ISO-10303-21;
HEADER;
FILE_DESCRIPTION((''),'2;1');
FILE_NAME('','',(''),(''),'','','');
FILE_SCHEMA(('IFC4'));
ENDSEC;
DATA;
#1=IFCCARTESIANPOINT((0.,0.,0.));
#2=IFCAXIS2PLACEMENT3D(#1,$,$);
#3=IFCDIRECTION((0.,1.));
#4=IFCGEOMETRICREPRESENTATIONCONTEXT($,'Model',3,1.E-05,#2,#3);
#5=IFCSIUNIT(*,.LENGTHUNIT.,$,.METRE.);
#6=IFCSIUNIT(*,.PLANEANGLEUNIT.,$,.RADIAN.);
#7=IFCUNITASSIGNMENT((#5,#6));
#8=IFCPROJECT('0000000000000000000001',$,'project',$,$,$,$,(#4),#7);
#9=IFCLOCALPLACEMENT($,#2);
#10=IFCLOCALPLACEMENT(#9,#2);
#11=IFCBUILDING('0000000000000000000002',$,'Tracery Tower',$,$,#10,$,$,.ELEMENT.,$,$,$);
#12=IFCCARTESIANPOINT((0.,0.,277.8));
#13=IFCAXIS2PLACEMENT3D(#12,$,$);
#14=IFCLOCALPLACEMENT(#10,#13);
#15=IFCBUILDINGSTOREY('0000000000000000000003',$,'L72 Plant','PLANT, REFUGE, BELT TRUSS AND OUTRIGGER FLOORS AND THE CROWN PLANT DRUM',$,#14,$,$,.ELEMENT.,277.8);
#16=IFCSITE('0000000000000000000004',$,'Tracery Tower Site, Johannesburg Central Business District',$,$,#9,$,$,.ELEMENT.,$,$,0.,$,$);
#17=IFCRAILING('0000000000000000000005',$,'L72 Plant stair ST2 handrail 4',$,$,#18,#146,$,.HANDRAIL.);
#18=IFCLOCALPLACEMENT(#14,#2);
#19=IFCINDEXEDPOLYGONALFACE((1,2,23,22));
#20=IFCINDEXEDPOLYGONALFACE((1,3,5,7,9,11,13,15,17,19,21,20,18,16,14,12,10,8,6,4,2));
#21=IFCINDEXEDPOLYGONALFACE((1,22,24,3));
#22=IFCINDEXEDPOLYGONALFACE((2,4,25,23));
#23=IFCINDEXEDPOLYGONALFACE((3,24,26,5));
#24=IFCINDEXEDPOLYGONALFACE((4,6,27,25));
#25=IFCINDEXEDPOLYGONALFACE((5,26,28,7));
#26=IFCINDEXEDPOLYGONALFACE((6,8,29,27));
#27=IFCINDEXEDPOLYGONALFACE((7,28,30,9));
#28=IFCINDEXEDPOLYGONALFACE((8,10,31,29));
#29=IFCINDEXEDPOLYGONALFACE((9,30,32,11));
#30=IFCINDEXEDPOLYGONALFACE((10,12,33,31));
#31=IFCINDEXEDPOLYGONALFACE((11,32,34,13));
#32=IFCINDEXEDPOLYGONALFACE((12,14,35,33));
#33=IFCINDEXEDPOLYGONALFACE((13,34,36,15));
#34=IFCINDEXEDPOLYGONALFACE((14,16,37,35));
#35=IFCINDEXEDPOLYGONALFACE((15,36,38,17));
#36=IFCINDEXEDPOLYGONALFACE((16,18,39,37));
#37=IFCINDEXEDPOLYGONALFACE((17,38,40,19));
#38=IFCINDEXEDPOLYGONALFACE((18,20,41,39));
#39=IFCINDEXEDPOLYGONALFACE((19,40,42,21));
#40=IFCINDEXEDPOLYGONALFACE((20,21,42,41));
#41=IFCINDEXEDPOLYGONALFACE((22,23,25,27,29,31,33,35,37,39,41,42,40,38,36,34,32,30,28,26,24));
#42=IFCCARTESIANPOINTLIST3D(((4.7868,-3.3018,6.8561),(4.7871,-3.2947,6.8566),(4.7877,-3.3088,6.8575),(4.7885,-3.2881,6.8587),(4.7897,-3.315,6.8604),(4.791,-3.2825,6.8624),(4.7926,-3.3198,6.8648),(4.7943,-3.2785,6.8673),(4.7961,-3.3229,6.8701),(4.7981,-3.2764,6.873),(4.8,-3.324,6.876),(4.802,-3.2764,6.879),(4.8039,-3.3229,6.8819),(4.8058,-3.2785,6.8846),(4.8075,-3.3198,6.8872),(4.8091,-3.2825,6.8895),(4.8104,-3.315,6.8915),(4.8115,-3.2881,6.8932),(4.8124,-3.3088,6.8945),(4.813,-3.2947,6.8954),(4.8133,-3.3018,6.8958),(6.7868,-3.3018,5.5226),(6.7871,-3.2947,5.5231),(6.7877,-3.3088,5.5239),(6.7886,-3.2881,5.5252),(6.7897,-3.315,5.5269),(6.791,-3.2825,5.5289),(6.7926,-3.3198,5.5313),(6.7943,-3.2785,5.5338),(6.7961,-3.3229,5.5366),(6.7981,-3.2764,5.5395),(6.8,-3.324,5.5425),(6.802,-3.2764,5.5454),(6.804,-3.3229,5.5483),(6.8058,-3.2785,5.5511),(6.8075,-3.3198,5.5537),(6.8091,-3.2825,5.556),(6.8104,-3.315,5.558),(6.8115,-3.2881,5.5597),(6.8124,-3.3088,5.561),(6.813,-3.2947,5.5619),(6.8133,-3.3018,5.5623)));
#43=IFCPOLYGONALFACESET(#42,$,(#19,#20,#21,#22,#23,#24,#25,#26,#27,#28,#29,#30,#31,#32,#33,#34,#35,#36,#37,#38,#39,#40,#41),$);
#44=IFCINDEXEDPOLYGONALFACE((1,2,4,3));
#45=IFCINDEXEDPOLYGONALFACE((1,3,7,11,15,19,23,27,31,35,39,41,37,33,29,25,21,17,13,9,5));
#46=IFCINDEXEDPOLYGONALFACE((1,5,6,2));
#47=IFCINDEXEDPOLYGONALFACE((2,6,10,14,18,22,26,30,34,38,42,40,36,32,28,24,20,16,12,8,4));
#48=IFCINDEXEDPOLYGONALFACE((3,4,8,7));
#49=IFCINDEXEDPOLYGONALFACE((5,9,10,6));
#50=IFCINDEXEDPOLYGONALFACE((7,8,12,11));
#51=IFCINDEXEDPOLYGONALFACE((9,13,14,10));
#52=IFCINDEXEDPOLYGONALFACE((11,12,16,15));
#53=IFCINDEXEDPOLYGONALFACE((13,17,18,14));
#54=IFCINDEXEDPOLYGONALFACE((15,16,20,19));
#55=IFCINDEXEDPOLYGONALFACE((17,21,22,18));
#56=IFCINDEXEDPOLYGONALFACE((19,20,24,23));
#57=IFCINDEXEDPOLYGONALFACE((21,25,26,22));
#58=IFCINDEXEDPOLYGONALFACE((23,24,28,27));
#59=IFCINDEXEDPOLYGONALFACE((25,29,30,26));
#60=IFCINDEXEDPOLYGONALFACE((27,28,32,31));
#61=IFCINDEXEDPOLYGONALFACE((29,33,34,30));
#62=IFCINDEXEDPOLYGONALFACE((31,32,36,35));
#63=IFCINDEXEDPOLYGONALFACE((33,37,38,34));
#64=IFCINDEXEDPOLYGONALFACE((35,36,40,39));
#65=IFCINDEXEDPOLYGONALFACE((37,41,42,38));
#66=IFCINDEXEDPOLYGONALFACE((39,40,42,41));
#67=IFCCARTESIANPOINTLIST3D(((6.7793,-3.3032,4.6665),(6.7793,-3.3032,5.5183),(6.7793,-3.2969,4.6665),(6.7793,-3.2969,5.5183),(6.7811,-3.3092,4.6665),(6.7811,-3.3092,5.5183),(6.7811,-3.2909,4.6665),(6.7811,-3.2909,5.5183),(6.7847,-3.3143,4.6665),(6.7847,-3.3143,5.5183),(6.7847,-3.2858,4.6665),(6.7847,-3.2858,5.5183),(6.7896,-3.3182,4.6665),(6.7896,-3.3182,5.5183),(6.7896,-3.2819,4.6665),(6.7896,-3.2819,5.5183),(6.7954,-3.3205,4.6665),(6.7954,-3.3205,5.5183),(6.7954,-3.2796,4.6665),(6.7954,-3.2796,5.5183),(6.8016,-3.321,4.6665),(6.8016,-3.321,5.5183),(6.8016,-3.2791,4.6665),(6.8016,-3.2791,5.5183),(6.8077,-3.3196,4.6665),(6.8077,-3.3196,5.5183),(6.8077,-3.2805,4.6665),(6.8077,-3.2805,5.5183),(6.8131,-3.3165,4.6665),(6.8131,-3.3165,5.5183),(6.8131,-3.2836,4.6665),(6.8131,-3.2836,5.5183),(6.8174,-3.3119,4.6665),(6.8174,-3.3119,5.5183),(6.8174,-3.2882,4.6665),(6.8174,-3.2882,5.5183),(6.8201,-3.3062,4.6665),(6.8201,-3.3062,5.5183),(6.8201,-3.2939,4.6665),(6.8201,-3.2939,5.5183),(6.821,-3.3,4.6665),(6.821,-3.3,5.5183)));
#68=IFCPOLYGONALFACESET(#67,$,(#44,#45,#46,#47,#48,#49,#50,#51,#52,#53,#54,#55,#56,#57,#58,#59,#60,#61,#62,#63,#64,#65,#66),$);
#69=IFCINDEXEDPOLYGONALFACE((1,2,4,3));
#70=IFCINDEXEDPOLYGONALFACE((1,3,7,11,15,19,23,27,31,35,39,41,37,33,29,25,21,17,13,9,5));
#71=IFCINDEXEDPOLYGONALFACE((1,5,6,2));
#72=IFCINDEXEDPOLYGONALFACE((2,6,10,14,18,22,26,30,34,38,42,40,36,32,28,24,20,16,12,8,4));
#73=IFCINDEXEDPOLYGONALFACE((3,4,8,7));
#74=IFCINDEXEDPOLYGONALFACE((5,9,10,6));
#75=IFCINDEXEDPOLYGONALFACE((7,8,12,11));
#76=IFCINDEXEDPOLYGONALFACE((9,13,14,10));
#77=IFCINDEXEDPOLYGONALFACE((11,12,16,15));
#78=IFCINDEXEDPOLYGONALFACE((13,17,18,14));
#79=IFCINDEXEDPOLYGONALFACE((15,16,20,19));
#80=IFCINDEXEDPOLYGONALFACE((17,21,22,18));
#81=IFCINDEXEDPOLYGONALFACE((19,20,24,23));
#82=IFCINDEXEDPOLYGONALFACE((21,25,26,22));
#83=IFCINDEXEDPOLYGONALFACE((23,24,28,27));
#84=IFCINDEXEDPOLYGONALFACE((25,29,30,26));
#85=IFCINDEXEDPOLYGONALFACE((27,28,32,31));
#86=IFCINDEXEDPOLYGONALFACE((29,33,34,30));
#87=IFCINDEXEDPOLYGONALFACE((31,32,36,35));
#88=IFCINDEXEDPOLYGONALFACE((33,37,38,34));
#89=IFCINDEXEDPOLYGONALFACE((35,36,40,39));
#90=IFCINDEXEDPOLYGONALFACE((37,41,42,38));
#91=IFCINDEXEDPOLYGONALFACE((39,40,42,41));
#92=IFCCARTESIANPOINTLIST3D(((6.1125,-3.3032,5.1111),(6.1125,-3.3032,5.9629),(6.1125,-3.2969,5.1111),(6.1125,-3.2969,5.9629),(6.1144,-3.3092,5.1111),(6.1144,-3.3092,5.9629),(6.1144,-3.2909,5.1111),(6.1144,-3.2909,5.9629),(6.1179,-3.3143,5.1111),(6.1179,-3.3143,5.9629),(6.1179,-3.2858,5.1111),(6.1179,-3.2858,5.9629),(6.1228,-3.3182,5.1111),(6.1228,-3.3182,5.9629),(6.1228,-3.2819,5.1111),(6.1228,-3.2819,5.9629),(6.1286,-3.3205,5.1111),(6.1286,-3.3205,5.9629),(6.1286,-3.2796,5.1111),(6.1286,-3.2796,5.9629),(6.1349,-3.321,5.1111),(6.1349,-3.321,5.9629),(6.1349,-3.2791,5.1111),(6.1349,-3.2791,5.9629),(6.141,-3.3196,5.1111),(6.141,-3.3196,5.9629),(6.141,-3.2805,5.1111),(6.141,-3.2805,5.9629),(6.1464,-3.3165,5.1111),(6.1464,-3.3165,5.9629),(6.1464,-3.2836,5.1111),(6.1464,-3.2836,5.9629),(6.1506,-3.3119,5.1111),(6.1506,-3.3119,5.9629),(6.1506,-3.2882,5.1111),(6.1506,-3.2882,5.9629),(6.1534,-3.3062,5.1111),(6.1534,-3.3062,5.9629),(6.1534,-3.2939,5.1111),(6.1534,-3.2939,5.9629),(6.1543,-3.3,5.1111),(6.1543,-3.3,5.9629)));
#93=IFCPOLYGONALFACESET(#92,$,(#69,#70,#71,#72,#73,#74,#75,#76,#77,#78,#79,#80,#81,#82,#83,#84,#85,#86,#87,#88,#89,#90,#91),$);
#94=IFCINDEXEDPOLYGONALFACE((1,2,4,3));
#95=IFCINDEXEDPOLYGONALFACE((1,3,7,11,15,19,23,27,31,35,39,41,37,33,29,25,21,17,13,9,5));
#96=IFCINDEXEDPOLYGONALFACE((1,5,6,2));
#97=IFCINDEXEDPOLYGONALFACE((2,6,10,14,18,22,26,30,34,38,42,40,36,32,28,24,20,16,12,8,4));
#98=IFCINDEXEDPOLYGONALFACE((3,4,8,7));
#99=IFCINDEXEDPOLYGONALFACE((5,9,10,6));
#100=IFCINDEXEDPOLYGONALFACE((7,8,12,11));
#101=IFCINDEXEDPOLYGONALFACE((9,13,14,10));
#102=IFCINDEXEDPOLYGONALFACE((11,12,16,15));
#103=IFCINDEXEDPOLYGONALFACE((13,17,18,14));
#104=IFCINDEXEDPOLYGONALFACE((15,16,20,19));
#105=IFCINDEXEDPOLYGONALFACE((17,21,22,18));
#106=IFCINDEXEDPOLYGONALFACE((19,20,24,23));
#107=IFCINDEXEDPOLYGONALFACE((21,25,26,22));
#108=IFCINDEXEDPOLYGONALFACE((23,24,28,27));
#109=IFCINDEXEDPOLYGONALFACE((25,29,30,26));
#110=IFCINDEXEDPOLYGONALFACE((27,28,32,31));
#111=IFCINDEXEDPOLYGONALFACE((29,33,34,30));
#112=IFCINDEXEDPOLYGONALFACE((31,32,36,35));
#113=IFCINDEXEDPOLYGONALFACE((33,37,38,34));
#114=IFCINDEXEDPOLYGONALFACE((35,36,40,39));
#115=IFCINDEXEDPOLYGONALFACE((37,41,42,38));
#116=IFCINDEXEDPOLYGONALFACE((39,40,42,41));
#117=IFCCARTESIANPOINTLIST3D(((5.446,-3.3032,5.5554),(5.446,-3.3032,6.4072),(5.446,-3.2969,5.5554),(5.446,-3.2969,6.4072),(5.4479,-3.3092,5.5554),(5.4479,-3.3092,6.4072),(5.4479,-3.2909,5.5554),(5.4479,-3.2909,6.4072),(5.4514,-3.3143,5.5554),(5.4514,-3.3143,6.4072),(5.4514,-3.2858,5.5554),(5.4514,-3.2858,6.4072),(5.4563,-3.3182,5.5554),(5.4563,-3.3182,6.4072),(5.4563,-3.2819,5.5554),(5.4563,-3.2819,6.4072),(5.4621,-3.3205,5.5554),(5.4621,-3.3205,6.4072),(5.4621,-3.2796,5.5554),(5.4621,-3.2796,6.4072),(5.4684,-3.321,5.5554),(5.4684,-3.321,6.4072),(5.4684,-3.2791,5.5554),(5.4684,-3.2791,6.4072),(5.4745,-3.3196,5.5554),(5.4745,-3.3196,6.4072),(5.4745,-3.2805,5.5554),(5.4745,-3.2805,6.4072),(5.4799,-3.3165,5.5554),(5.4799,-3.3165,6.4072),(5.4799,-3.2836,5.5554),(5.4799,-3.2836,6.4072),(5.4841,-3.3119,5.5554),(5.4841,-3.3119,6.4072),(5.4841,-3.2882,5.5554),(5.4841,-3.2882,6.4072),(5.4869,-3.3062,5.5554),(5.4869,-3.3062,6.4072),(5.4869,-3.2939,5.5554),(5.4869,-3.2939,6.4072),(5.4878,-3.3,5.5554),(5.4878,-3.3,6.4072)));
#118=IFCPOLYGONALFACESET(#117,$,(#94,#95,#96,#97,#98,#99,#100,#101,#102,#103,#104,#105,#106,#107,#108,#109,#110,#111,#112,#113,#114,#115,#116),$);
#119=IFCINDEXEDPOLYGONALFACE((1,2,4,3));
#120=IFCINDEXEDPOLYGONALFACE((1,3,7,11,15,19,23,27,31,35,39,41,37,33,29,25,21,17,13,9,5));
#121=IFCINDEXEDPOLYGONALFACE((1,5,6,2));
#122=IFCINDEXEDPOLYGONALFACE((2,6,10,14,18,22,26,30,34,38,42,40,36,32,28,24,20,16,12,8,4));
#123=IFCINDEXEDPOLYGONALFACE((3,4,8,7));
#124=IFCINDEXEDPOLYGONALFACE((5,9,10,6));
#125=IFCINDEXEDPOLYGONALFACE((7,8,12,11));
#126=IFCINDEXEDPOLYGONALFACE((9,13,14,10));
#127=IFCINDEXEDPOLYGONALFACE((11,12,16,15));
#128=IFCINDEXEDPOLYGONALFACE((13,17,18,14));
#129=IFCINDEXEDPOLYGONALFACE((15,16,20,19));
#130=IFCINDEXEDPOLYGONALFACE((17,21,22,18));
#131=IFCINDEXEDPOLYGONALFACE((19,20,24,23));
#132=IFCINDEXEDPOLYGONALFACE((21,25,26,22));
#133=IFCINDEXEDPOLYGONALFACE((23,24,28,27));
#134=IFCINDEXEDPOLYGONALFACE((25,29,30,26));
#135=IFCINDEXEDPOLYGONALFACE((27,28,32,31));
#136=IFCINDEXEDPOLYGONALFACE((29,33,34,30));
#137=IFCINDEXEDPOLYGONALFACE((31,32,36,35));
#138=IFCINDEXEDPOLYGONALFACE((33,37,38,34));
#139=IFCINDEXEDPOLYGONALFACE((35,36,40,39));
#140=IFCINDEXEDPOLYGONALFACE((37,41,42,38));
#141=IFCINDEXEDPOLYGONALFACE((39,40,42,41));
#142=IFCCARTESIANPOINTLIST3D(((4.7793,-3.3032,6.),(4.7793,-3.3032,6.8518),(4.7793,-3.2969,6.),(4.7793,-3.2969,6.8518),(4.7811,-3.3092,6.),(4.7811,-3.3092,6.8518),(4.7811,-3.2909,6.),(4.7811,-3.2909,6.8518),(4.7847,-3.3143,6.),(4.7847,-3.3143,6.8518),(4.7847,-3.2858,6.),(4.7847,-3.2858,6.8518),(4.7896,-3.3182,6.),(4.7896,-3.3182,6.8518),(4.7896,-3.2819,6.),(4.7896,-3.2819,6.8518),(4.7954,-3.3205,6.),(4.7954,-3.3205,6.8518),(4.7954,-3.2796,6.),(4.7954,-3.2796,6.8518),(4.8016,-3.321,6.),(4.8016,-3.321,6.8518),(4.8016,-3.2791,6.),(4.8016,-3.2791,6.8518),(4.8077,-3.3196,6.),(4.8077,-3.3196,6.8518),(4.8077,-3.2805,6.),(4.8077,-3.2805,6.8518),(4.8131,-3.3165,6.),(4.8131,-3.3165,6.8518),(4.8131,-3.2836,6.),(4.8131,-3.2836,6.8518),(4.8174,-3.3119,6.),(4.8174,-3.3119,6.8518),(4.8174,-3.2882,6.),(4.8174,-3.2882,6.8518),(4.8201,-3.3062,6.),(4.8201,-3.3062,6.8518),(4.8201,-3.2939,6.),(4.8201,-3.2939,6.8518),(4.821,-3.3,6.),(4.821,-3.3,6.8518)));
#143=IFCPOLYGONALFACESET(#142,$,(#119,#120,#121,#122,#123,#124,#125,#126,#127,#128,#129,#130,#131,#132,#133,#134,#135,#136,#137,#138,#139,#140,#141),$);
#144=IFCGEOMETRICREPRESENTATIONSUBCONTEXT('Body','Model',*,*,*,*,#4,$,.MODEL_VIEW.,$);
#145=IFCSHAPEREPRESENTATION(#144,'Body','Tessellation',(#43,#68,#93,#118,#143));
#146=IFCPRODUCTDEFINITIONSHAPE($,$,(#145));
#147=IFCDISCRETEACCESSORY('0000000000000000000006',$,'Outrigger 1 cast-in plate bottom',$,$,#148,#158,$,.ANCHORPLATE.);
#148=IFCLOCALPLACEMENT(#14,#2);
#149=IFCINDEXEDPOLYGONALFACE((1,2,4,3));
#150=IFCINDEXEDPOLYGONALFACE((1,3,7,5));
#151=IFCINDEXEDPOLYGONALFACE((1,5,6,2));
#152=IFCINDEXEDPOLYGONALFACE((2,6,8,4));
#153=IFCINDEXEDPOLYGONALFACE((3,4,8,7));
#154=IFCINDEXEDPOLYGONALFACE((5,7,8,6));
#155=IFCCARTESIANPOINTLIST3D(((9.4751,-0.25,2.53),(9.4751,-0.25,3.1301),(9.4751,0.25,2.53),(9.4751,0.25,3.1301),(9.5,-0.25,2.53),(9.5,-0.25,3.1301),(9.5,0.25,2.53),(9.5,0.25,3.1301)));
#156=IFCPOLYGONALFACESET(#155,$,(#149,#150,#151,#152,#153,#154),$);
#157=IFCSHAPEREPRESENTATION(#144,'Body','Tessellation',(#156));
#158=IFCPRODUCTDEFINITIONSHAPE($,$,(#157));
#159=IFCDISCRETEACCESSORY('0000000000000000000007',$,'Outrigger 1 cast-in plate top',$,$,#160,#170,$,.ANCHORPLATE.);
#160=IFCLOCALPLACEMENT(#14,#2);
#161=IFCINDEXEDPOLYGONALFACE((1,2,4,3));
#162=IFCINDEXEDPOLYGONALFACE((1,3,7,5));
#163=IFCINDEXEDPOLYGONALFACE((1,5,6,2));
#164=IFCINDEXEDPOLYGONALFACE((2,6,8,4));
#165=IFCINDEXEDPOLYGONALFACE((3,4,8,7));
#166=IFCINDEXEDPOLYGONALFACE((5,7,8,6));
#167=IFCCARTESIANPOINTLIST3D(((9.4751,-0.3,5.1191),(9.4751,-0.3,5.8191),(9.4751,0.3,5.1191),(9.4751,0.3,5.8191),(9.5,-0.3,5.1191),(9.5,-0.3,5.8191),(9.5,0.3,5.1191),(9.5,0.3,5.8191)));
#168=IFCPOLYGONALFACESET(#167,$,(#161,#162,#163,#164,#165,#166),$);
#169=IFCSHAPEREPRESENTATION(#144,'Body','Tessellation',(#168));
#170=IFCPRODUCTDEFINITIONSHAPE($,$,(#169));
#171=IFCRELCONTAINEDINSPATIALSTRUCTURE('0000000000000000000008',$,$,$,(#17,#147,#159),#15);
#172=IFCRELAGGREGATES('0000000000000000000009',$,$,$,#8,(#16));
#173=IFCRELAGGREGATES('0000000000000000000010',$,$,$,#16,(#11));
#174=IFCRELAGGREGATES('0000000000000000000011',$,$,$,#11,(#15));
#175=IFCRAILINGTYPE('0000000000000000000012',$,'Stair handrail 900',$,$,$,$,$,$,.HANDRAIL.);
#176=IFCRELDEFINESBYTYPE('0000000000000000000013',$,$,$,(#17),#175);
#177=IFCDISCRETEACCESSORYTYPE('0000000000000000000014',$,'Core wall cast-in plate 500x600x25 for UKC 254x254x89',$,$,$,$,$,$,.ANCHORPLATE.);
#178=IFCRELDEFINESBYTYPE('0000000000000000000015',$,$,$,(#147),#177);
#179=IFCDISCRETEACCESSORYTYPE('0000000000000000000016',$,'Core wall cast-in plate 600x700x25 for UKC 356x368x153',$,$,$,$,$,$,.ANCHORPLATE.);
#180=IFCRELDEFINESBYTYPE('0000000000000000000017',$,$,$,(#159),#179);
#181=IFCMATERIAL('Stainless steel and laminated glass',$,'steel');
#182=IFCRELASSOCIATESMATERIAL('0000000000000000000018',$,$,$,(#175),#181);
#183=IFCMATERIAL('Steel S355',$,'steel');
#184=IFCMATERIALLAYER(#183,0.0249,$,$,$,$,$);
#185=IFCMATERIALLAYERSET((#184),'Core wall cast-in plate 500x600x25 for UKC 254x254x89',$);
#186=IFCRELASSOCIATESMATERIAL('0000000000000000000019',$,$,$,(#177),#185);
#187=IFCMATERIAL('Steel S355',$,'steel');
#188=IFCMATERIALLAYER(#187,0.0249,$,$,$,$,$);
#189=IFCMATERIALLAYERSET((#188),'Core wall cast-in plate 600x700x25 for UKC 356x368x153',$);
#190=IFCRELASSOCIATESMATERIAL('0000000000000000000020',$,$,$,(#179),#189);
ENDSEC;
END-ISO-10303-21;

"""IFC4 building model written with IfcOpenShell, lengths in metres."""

from ifc_helpers import new_model, si_unit, direction, frame, origin, origin_2d, place, context, subcontext, project, spatial, rectangle, circle, extrude, material, layer, layer_set, type_object, element, save


model = new_model("IFC4")

# Units and contexts
model_context = context("Model", 3, precision=1e-05, world=origin(), true_north=direction((0.0, 1.0)))
body_context = subcontext(model_context, "Body", "Model", "MODEL_VIEW")
ifc_project = project(units=[si_unit("LENGTHUNIT", "METRE"), si_unit("PLANEANGLEUNIT", "RADIAN")], contexts=[model_context])

# Site, building, storey
site_placement = place(None, origin())
site = spatial("IfcSite", under=ifc_project, at=site_placement, Name="Tracery Tower Site, Johannesburg Central Business District", CompositionType="ELEMENT", RefElevation=0.0)
building_placement = place(site_placement, origin())
building = spatial("IfcBuilding", under=site, at=building_placement, Name="Tracery Tower", CompositionType="ELEMENT")
storey_placement = place(building_placement, frame((0.0, 0.0, 277.8)))
storey = spatial("IfcBuildingStorey", under=building, at=storey_placement, Name="L72 Plant", Description="PLANT, REFUGE, BELT TRUSS AND OUTRIGGER FLOORS AND THE CROWN PLANT DRUM", CompositionType="ELEMENT", Elevation=277.8)

# Railing
ifc_material_1 = material(Name="Stainless steel and laminated glass", Category="steel")
railing_type = type_object("IfcRailingType", Name="Stair handrail 900", PredefinedType="HANDRAIL", material=ifc_material_1)
for number, where, name in (
    (1, (6.8, -3.3, 4.6665), "L72 Plant stair ST2 handrail 4"),
):
    element("IfcRailing", number, at=place(storey_placement, frame(where)), inside=storey, type_object=railing_type, Name=name, PredefinedType="HANDRAIL", context=body_context, shape_type="SweptSolid", body=[
        extrude(circle(Radius=0.0239, at=origin_2d()), frame((0.0, 0.0, 0.876), z_axis=(-0.832019, 0.0, 0.554747), x_axis=(0.0, -1.0, 0.0)), (0.0, 0.0, 1.0), 2.4038),
        extrude(circle(Radius=0.021, at=origin_2d()), origin(), (0.0, 0.0, 1.0), 0.8518),
        extrude(circle(Radius=0.021, at=origin_2d()), frame((-0.6667, 0.0, 0.4446)), (0.0, 0.0, 1.0), 0.8518),
        extrude(circle(Radius=0.021, at=origin_2d()), frame((-1.3333, 0.0, 0.8889)), (0.0, 0.0, 1.0), 0.8518),
        extrude(circle(Radius=0.021, at=origin_2d()), frame((-2.0, 0.0, 1.3335)), (0.0, 0.0, 1.0), 0.8518),
    ])

# Discrete accessories
ifc_material_2 = material(Name="Steel S355", Category="steel")
ifc_layer_1 = layer(ifc_material_2, 0.0249)
ifc_layer_set_1 = layer_set([ifc_layer_1], Name="Core wall cast-in plate 500x600x25 for UKC 254x254x89")
discrete_accessory_type_1 = type_object("IfcDiscreteAccessoryType", Name="Core wall cast-in plate 500x600x25 for UKC 254x254x89", PredefinedType="ANCHORPLATE", material=ifc_layer_set_1)
discrete_accessory_1_placement = place(storey_placement, frame((9.4875, 0.0, 2.53), z_axis=(0.0, 0.0, 1.0), x_axis=(1.0, 0.0, 0.0)))
element("IfcDiscreteAccessory", 2, at=discrete_accessory_1_placement, inside=storey, type_object=discrete_accessory_type_1, Name="Outrigger 1 cast-in plate bottom", PredefinedType="ANCHORPLATE", context=body_context, shape_type="SweptSolid", body=[
    extrude(rectangle(XDim=0.0249, YDim=0.5, at=origin_2d()), origin(), (0.0, 0.0, 1.0), 0.6001),
])
ifc_material_3 = material(Name="Steel S355", Category="steel")
ifc_layer_2 = layer(ifc_material_3, 0.0249)
ifc_layer_set_2 = layer_set([ifc_layer_2], Name="Core wall cast-in plate 600x700x25 for UKC 356x368x153")
discrete_accessory_type_2 = type_object("IfcDiscreteAccessoryType", Name="Core wall cast-in plate 600x700x25 for UKC 356x368x153", PredefinedType="ANCHORPLATE", material=ifc_layer_set_2)
discrete_accessory_2_placement = place(storey_placement, frame((9.4875, 0.0, 5.1191), z_axis=(0.0, 0.0, 1.0), x_axis=(1.0, 0.0, 0.0)))
element("IfcDiscreteAccessory", 3, at=discrete_accessory_2_placement, inside=storey, type_object=discrete_accessory_type_2, Name="Outrigger 1 cast-in plate top", PredefinedType="ANCHORPLATE", context=body_context, shape_type="SweptSolid", body=[
    extrude(rectangle(XDim=0.0249, YDim=0.6001, at=origin_2d()), origin(), (0.0, 0.0, 1.0), 0.7),
])

save(model, "model.ifc")
